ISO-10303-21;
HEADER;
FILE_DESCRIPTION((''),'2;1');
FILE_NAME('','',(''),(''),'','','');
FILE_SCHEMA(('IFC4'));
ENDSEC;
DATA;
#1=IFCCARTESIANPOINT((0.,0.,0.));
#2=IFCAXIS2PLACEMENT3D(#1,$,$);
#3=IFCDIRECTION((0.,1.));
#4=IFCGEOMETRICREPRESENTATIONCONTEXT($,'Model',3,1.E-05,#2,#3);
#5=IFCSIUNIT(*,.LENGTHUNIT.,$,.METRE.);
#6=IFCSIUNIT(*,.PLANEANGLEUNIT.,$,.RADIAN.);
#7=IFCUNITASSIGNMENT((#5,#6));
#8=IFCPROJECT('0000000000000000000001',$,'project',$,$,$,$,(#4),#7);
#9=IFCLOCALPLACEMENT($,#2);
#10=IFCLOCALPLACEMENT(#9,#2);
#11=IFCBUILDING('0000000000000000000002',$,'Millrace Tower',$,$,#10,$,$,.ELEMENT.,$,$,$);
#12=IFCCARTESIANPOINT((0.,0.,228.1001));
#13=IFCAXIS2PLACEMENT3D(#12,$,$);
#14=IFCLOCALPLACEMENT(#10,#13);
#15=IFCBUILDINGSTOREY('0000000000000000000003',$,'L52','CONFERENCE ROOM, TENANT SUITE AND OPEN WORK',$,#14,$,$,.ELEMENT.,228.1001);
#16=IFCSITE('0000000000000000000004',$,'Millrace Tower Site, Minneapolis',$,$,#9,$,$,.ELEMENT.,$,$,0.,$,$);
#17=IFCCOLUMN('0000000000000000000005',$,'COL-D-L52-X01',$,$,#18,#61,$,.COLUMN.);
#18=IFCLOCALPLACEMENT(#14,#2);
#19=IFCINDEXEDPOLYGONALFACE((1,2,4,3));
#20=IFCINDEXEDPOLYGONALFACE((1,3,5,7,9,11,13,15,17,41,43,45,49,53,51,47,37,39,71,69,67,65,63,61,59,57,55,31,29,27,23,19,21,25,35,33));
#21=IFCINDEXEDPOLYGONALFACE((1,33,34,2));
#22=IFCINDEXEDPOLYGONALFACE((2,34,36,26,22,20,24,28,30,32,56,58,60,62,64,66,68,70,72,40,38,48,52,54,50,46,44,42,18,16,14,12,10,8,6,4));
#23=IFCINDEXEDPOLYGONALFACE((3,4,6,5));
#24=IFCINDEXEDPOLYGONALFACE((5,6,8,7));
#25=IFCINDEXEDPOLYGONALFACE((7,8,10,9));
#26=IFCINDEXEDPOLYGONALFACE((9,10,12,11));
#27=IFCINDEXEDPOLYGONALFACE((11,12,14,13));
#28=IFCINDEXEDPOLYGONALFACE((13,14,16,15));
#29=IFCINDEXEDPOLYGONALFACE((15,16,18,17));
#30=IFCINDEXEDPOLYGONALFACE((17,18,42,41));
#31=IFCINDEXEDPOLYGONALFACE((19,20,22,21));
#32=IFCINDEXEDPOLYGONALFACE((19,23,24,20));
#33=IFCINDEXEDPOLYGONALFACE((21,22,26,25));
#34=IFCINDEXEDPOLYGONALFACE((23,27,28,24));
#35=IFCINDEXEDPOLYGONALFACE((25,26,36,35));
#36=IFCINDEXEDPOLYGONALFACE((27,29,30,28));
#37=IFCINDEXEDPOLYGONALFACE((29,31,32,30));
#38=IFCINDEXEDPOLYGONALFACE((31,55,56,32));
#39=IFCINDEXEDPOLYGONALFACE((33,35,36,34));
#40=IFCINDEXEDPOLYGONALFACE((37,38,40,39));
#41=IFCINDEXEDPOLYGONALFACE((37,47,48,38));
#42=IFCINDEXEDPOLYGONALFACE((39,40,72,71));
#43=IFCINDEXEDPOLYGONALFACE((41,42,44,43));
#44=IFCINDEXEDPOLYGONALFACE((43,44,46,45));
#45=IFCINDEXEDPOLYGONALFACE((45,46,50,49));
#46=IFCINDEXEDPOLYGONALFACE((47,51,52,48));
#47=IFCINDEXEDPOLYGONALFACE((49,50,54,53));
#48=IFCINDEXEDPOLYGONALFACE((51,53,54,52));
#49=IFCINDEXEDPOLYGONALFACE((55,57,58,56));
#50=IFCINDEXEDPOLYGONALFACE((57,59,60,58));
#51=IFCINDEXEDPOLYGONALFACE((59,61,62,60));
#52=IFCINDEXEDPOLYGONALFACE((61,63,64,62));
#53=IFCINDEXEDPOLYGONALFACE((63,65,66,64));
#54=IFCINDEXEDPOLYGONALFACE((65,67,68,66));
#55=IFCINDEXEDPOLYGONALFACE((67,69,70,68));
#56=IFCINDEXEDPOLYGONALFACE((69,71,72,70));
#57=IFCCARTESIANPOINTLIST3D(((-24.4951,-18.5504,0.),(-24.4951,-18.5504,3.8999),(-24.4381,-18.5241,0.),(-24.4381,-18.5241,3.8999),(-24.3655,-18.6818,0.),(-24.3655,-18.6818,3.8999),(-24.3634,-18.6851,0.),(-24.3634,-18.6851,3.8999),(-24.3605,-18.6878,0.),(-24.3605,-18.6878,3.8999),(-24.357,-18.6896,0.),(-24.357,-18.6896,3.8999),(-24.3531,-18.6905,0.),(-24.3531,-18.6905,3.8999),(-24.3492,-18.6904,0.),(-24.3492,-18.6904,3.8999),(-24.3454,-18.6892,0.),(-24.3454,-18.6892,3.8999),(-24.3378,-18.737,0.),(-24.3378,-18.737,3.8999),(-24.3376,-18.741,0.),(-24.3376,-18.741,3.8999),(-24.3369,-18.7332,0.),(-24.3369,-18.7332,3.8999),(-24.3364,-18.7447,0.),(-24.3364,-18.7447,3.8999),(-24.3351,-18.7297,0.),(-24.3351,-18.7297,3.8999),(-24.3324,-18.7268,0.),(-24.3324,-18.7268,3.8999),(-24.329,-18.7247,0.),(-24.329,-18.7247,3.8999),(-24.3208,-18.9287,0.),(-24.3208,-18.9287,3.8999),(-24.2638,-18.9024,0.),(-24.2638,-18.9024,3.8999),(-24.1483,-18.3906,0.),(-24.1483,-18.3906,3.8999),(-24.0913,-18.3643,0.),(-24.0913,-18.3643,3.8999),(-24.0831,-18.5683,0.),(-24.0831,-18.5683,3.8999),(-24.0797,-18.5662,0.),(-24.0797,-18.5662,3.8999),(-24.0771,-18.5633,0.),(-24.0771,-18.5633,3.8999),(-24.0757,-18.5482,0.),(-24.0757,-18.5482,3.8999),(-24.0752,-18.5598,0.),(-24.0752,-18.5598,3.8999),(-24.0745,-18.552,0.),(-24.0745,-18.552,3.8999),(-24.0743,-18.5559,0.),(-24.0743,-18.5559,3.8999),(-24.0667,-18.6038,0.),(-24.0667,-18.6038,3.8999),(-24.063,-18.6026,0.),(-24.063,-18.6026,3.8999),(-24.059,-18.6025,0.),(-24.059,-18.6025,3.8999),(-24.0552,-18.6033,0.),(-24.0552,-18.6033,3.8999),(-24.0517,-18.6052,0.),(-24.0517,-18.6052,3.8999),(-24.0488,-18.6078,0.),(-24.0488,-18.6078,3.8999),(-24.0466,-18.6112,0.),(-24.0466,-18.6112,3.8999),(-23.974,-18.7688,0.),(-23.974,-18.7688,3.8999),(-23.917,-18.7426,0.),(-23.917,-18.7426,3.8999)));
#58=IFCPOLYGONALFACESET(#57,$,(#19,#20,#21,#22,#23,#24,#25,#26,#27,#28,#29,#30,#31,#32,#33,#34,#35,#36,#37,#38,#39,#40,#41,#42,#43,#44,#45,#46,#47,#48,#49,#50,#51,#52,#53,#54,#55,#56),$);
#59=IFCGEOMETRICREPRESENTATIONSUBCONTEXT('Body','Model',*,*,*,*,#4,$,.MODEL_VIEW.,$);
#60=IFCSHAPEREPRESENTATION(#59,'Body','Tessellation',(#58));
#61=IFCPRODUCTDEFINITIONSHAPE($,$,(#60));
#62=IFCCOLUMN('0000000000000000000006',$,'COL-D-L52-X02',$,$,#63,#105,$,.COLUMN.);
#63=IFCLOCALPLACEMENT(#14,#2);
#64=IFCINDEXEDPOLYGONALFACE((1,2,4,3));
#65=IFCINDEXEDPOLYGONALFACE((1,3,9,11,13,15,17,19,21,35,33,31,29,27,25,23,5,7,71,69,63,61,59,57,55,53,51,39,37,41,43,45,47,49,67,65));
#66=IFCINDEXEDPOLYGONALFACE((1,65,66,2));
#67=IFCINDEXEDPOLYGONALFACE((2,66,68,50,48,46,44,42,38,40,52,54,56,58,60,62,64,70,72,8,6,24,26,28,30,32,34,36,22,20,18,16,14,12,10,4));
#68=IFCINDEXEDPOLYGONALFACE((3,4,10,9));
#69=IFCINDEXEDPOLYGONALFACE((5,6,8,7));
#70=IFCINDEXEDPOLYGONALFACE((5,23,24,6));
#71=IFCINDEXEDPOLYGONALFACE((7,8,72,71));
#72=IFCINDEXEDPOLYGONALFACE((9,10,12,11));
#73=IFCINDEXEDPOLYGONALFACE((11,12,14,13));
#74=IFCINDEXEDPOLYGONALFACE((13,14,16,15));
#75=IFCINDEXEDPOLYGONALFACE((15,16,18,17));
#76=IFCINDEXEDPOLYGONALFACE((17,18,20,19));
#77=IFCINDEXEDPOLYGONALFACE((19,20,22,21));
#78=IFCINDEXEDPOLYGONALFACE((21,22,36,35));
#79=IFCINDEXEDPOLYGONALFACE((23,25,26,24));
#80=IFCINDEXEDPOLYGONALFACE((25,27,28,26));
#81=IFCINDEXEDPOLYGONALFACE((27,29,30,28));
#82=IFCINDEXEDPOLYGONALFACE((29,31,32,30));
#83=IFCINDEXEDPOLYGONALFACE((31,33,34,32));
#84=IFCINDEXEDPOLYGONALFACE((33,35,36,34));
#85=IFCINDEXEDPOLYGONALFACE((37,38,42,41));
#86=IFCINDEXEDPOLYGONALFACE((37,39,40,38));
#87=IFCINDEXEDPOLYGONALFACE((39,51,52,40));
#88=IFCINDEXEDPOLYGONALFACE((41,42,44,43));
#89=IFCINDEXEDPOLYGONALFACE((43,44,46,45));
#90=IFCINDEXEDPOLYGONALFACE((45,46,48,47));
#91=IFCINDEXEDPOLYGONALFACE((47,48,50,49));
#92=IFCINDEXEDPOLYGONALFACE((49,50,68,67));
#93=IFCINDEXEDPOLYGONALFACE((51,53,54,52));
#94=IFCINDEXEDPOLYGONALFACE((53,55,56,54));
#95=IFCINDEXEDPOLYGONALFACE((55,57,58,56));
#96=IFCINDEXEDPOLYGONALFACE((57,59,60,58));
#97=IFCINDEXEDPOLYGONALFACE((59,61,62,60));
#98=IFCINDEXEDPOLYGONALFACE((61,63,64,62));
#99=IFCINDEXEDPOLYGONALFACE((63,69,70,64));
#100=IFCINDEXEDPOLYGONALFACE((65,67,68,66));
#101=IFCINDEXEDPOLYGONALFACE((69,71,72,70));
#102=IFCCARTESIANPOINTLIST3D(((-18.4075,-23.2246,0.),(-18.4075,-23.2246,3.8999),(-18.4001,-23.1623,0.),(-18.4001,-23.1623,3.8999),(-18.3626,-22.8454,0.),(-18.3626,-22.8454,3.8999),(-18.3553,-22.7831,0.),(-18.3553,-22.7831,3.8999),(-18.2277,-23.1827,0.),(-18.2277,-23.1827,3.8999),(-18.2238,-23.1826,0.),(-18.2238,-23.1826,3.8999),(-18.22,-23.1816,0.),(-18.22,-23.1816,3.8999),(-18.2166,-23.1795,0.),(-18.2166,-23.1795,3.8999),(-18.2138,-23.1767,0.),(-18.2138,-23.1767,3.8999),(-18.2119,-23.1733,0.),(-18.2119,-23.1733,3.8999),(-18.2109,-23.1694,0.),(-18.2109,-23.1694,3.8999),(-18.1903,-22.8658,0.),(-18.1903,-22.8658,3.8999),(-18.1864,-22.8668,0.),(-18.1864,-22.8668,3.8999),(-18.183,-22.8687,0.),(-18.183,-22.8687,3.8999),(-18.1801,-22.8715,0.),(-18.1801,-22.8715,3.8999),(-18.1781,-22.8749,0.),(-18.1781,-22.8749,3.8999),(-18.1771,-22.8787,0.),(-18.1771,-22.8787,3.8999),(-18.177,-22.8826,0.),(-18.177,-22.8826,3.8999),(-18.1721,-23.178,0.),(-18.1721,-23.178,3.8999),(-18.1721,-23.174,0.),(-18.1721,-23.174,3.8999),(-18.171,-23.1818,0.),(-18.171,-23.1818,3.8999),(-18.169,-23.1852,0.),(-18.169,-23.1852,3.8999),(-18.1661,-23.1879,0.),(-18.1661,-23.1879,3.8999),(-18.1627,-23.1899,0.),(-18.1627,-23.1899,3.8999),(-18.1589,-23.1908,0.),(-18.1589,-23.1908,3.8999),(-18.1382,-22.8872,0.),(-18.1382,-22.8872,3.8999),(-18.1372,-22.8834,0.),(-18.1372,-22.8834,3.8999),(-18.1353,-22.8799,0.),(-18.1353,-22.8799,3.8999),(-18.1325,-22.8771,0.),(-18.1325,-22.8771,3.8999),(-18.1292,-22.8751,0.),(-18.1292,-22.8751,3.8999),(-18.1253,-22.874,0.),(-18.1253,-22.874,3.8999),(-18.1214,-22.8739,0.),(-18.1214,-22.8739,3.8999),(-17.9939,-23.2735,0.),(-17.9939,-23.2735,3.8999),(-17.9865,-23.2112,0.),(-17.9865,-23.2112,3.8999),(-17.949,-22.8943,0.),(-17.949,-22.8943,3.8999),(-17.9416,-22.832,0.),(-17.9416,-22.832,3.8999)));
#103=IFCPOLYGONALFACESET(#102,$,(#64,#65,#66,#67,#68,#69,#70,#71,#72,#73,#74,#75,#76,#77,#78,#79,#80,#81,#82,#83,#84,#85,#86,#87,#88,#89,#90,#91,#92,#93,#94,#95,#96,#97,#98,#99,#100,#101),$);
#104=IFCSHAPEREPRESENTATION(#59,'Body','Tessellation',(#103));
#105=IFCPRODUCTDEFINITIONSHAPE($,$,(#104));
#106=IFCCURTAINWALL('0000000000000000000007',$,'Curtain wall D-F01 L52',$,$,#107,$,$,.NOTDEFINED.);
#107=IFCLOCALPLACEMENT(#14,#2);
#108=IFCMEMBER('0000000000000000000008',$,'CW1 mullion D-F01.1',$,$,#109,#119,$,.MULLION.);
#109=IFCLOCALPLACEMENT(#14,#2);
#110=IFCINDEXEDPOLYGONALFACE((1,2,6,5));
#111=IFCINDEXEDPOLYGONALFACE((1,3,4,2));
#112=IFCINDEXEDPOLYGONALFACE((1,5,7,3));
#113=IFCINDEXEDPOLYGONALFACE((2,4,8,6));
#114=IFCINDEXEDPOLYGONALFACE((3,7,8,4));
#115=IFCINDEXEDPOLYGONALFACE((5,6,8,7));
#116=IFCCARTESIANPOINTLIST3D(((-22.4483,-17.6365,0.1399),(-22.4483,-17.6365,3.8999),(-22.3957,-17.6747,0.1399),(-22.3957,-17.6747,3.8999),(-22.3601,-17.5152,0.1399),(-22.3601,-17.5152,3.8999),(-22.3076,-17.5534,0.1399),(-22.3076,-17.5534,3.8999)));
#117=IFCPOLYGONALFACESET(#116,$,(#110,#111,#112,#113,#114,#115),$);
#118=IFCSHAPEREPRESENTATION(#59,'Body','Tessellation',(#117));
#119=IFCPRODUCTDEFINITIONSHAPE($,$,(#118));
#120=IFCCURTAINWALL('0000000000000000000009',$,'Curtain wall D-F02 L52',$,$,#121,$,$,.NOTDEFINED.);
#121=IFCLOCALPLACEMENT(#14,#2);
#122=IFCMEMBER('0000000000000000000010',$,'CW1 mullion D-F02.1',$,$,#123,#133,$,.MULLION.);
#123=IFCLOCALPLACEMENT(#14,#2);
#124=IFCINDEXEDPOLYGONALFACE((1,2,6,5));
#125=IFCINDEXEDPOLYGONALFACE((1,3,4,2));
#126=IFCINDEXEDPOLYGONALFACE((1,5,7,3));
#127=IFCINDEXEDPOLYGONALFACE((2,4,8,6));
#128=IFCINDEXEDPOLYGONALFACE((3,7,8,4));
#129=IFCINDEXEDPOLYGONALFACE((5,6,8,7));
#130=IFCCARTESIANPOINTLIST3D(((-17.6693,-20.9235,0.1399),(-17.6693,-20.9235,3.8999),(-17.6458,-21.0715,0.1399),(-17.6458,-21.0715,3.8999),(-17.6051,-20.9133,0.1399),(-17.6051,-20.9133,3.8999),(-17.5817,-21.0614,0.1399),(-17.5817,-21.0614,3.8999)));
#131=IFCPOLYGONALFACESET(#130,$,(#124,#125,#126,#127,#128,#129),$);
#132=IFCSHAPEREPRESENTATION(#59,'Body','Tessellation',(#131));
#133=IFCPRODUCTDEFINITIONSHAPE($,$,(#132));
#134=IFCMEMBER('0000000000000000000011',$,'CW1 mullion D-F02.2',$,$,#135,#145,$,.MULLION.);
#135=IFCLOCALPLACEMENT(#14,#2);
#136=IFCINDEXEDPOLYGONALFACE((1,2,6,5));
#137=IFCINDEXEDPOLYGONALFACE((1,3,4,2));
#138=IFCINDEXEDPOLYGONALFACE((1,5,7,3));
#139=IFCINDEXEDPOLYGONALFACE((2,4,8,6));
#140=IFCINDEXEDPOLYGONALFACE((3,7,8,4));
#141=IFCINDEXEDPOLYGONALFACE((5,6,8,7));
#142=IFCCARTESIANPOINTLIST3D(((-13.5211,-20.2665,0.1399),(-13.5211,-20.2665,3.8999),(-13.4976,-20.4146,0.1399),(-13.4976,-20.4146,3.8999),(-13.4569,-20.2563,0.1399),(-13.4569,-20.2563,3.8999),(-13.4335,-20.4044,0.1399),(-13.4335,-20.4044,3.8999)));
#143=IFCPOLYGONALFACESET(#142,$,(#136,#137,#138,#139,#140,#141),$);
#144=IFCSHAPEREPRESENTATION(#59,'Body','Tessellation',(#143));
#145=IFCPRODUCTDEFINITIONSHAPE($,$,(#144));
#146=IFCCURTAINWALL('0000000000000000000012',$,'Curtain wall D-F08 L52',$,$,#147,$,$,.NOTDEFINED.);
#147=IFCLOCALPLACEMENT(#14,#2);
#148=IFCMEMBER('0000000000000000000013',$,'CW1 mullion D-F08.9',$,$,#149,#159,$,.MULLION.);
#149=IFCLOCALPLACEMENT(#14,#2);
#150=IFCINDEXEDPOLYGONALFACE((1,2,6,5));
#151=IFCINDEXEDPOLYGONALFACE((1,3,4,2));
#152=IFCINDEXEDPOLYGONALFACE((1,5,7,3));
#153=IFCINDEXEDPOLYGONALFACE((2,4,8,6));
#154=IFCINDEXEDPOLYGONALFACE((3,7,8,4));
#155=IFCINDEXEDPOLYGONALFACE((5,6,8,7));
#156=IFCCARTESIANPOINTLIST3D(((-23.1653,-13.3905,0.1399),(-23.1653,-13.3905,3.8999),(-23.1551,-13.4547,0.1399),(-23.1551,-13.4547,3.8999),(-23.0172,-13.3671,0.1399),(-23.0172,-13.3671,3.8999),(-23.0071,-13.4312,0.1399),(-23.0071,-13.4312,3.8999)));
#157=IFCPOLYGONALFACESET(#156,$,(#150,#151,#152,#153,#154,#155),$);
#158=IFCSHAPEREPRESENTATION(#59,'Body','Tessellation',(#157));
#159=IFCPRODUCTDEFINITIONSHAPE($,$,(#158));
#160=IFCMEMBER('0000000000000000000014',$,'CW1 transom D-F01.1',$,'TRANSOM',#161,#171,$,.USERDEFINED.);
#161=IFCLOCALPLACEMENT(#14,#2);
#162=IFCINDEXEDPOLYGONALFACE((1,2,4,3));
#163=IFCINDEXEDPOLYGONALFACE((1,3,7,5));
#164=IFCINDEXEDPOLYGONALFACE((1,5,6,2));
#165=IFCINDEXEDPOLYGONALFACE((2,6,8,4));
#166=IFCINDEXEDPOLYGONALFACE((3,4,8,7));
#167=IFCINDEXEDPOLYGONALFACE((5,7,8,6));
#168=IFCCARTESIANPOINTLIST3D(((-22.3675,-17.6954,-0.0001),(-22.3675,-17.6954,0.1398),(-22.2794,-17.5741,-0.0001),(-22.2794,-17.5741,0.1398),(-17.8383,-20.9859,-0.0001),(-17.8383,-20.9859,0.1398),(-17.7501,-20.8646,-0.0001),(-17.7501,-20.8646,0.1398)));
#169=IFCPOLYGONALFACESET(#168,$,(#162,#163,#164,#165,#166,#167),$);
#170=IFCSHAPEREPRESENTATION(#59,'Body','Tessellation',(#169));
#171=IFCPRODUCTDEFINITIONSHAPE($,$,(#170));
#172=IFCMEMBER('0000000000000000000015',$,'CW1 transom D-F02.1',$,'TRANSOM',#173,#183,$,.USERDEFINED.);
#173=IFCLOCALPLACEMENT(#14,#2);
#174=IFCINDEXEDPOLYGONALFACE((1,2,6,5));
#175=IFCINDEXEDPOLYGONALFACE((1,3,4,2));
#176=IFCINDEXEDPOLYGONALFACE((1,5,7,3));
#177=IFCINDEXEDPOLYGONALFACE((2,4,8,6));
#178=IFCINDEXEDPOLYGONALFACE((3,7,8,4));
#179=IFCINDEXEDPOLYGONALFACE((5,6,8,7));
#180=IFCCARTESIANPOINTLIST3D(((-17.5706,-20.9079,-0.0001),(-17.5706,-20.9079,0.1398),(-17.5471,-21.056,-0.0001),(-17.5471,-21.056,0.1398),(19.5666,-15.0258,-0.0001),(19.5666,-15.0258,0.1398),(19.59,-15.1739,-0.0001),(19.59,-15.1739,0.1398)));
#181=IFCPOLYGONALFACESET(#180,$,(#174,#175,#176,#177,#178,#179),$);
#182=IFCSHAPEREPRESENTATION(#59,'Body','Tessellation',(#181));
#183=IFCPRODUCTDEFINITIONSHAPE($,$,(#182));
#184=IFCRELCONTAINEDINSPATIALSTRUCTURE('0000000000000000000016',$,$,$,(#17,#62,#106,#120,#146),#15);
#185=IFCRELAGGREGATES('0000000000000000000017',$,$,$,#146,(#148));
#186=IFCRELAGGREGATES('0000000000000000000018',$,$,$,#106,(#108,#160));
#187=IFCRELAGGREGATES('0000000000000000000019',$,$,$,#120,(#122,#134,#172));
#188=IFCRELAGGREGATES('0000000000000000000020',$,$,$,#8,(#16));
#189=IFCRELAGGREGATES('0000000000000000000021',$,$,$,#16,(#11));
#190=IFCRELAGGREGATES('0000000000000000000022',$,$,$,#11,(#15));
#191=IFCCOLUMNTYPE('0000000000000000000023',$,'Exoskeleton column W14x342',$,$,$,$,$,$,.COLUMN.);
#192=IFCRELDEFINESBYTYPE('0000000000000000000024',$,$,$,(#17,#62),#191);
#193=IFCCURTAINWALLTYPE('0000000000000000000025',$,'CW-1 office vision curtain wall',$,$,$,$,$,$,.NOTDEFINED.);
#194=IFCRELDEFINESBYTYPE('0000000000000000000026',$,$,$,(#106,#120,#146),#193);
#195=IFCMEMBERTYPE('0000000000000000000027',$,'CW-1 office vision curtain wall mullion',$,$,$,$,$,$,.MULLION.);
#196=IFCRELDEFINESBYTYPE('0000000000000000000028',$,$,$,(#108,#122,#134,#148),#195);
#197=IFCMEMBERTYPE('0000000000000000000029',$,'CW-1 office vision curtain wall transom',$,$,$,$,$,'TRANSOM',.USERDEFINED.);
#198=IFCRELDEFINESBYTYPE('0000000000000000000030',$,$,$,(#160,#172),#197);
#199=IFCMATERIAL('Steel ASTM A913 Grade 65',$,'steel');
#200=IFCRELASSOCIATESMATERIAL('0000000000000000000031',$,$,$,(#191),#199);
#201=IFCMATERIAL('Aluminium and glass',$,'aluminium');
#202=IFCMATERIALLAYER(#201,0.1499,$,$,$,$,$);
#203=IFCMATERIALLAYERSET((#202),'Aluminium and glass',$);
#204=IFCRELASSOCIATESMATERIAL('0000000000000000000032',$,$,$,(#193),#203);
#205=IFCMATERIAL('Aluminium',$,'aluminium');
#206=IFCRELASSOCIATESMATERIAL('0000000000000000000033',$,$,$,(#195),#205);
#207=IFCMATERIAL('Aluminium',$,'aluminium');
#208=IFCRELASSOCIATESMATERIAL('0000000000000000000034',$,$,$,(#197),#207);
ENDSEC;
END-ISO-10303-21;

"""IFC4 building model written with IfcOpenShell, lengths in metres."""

from ifc_helpers import new_model, si_unit, direction, frame, origin, origin_2d, place, context, subcontext, project, spatial, rectangle, i_section, extrude, material, layer, layer_set, material_profile, profile_set, type_object, element, aggregate, save


model = new_model("IFC4")

# Units and contexts
model_context = context("Model", 3, precision=1e-05, world=origin(), true_north=direction((0.0, 1.0)))
body_context = subcontext(model_context, "Body", "Model", "MODEL_VIEW")
ifc_project = project(units=[si_unit("LENGTHUNIT", "METRE"), si_unit("PLANEANGLEUNIT", "RADIAN")], contexts=[model_context])

# Site, building, storey
site_placement = place(None, origin())
site = spatial("IfcSite", under=ifc_project, at=site_placement, Name="Millrace Tower Site, Minneapolis", CompositionType="ELEMENT", RefElevation=0.0)
building_placement = place(site_placement, origin())
building = spatial("IfcBuilding", under=site, at=building_placement, Name="Millrace Tower", CompositionType="ELEMENT")
storey_placement = place(building_placement, frame((0.0, 0.0, 228.1001)))
storey = spatial("IfcBuildingStorey", under=building, at=storey_placement, Name="L52", Description="CONFERENCE ROOM, TENANT SUITE AND OPEN WORK", CompositionType="ELEMENT", Elevation=228.1001)

# Columns
ifc_material_1 = material(Name="Steel ASTM A913 Grade 65", Category="steel")
ifc_material_profile_1 = material_profile(ifc_material_1, i_section(OverallWidth=0.4165, OverallDepth=0.4446, WebThickness=0.0391, FlangeThickness=0.0627, FilletRadius=0.0151, at=origin_2d()))
ifc_profile_set_1 = profile_set([ifc_material_profile_1], Name="Steel ASTM A913 Grade 65")
column_type = type_object("IfcColumnType", Name="Exoskeleton column W14x342", PredefinedType="COLUMN", material=ifc_profile_set_1)
for number, where, z_axis, x_axis, name in (
    (1, (-24.2061, -18.6465, 0.0), (0.0, 0.0, 1.0), (0.418553, -0.908192, 0.0), "COL-D-L52-X01"),
    (2, (-18.1746, -23.0283, 0.0), (0.0, 0.0, 1.0), (0.993082, -0.117421, 0.0), "COL-D-L52-X02"),
):
    element("IfcColumn", number, at=place(storey_placement, frame(where, z_axis=z_axis, x_axis=x_axis)), inside=storey, type_object=column_type, Name=name, PredefinedType="COLUMN", context=body_context, shape_type="SweptSolid", body=[
        extrude(i_section(OverallWidth=0.4165, OverallDepth=0.4446, WebThickness=0.0391, FlangeThickness=0.0627, FilletRadius=0.0151, at=origin_2d()), origin(), (0.0, 0.0, 1.0), 3.8999),
    ])

# Curtain wall, member
ifc_material_2 = material(Name="Aluminium and glass", Category="aluminium")
ifc_layer_1 = layer(ifc_material_2, 0.1499)
ifc_layer_set_1 = layer_set([ifc_layer_1], Name="Aluminium and glass")
curtain_wall_type = type_object("IfcCurtainWallType", Name="CW-1 office vision curtain wall", PredefinedType="NOTDEFINED", material=ifc_layer_set_1)
placement = place(storey_placement, origin())
curtain_wall_1 = element("IfcCurtainWall", 3, at=placement, inside=storey, type_object=curtain_wall_type, Name="Curtain wall D-F01 L52", PredefinedType="NOTDEFINED")
ifc_material_3 = material(Name="Aluminium", Category="aluminium")
ifc_material_profile_2 = material_profile(ifc_material_3, rectangle(XDim=0.0649, YDim=0.1499, at=origin_2d()))
ifc_profile_set_2 = profile_set([ifc_material_profile_2], Name="Aluminium")
member_type_1 = type_object("IfcMemberType", Name="CW-1 office vision curtain wall mullion", PredefinedType="MULLION", material=ifc_profile_set_2)
member_1_placement = place(storey_placement, frame((-22.3779, -17.595, 0.1399), z_axis=(0.0, 0.0, 1.0), x_axis=(0.809017, -0.587785, 0.0)))
member_1 = element("IfcMember", 4, at=member_1_placement, type_object=member_type_1, Name="CW1 mullion D-F01.1", PredefinedType="MULLION", context=body_context, shape_type="SweptSolid", body=[
    extrude(rectangle(XDim=0.0649, YDim=0.1499, at=origin_2d()), origin(), (0.0, 0.0, 1.0), 3.76),
])

# Curtain wall, members
curtain_wall_2 = element("IfcCurtainWall", 5, at=placement, inside=storey, type_object=curtain_wall_type, Name="Curtain wall D-F02 L52", PredefinedType="NOTDEFINED")
member_2_placement = place(storey_placement, frame((-17.6255, -20.9924, 0.1399), z_axis=(0.0, 0.0, 1.0), x_axis=(0.987688, 0.156434, 0.0)))
member_2 = element("IfcMember", 6, at=member_2_placement, type_object=member_type_1, Name="CW1 mullion D-F02.1", PredefinedType="MULLION", context=body_context, shape_type="SweptSolid", body=[
    extrude(rectangle(XDim=0.0649, YDim=0.1499, at=origin_2d()), origin(), (0.0, 0.0, 1.0), 3.76),
])
member_3_placement = place(storey_placement, frame((-13.4773, -20.3354, 0.1399), z_axis=(0.0, 0.0, 1.0), x_axis=(0.987688, 0.156434, 0.0)))
member_3 = element("IfcMember", 7, at=member_3_placement, type_object=member_type_1, Name="CW1 mullion D-F02.2", PredefinedType="MULLION", context=body_context, shape_type="SweptSolid", body=[
    extrude(rectangle(XDim=0.0649, YDim=0.1499, at=origin_2d()), origin(), (0.0, 0.0, 1.0), 3.76),
])

# Curtain wall, member
curtain_wall_3 = element("IfcCurtainWall", 8, at=placement, inside=storey, type_object=curtain_wall_type, Name="Curtain wall D-F08 L52", PredefinedType="NOTDEFINED")
member_4_placement = place(storey_placement, frame((-23.0862, -13.4109, 0.1399), z_axis=(0.0, 0.0, 1.0), x_axis=(0.156434, -0.987688, 0.0)))
member_4 = element("IfcMember", 9, at=member_4_placement, type_object=member_type_1, Name="CW1 mullion D-F08.9", PredefinedType="MULLION", context=body_context, shape_type="SweptSolid", body=[
    extrude(rectangle(XDim=0.0649, YDim=0.1499, at=origin_2d()), origin(), (0.0, 0.0, 1.0), 3.76),
])
aggregate(curtain_wall_3, [member_4])

# Members
ifc_material_4 = material(Name="Aluminium", Category="aluminium")
ifc_material_profile_3 = material_profile(ifc_material_4, rectangle(XDim=0.1499, YDim=0.1399, at=origin_2d()))
ifc_profile_set_3 = profile_set([ifc_material_profile_3], Name="Aluminium")
member_type_2 = type_object("IfcMemberType", Name="CW-1 office vision curtain wall transom", ElementType="TRANSOM", PredefinedType="USERDEFINED", material=ifc_profile_set_3)
member_5_placement = place(storey_placement, frame((-22.3235, -17.6348, 0.0698), z_axis=(0.809034, -0.587762, 0.0), x_axis=(0.587762, 0.809034, 0.0)))
member_5 = element("IfcMember", 10, at=member_5_placement, type_object=member_type_2, Name="CW1 transom D-F01.1", ObjectType="TRANSOM", PredefinedType="USERDEFINED", context=body_context, shape_type="SweptSolid", body=[
    extrude(rectangle(XDim=0.1499, YDim=0.1399, at=origin_2d()), origin(), (0.0, 0.0, 1.0), 5.5984),
])
aggregate(curtain_wall_1, [member_1, member_5])
member_6_placement = place(storey_placement, frame((-17.5588, -20.9819, 0.0698), z_axis=(0.987688, 0.156438, 0.0), x_axis=(-0.156438, 0.987688, 0.0)))
member_6 = element("IfcMember", 11, at=member_6_placement, type_object=member_type_2, Name="CW1 transom D-F02.1", ObjectType="TRANSOM", PredefinedType="USERDEFINED", context=body_context, shape_type="SweptSolid", body=[
    extrude(rectangle(XDim=0.1499, YDim=0.1399, at=origin_2d()), origin(), (0.0, 0.0, 1.0), 37.6001),
])
aggregate(curtain_wall_2, [member_2, member_3, member_6])

save(model, "model.ifc")
